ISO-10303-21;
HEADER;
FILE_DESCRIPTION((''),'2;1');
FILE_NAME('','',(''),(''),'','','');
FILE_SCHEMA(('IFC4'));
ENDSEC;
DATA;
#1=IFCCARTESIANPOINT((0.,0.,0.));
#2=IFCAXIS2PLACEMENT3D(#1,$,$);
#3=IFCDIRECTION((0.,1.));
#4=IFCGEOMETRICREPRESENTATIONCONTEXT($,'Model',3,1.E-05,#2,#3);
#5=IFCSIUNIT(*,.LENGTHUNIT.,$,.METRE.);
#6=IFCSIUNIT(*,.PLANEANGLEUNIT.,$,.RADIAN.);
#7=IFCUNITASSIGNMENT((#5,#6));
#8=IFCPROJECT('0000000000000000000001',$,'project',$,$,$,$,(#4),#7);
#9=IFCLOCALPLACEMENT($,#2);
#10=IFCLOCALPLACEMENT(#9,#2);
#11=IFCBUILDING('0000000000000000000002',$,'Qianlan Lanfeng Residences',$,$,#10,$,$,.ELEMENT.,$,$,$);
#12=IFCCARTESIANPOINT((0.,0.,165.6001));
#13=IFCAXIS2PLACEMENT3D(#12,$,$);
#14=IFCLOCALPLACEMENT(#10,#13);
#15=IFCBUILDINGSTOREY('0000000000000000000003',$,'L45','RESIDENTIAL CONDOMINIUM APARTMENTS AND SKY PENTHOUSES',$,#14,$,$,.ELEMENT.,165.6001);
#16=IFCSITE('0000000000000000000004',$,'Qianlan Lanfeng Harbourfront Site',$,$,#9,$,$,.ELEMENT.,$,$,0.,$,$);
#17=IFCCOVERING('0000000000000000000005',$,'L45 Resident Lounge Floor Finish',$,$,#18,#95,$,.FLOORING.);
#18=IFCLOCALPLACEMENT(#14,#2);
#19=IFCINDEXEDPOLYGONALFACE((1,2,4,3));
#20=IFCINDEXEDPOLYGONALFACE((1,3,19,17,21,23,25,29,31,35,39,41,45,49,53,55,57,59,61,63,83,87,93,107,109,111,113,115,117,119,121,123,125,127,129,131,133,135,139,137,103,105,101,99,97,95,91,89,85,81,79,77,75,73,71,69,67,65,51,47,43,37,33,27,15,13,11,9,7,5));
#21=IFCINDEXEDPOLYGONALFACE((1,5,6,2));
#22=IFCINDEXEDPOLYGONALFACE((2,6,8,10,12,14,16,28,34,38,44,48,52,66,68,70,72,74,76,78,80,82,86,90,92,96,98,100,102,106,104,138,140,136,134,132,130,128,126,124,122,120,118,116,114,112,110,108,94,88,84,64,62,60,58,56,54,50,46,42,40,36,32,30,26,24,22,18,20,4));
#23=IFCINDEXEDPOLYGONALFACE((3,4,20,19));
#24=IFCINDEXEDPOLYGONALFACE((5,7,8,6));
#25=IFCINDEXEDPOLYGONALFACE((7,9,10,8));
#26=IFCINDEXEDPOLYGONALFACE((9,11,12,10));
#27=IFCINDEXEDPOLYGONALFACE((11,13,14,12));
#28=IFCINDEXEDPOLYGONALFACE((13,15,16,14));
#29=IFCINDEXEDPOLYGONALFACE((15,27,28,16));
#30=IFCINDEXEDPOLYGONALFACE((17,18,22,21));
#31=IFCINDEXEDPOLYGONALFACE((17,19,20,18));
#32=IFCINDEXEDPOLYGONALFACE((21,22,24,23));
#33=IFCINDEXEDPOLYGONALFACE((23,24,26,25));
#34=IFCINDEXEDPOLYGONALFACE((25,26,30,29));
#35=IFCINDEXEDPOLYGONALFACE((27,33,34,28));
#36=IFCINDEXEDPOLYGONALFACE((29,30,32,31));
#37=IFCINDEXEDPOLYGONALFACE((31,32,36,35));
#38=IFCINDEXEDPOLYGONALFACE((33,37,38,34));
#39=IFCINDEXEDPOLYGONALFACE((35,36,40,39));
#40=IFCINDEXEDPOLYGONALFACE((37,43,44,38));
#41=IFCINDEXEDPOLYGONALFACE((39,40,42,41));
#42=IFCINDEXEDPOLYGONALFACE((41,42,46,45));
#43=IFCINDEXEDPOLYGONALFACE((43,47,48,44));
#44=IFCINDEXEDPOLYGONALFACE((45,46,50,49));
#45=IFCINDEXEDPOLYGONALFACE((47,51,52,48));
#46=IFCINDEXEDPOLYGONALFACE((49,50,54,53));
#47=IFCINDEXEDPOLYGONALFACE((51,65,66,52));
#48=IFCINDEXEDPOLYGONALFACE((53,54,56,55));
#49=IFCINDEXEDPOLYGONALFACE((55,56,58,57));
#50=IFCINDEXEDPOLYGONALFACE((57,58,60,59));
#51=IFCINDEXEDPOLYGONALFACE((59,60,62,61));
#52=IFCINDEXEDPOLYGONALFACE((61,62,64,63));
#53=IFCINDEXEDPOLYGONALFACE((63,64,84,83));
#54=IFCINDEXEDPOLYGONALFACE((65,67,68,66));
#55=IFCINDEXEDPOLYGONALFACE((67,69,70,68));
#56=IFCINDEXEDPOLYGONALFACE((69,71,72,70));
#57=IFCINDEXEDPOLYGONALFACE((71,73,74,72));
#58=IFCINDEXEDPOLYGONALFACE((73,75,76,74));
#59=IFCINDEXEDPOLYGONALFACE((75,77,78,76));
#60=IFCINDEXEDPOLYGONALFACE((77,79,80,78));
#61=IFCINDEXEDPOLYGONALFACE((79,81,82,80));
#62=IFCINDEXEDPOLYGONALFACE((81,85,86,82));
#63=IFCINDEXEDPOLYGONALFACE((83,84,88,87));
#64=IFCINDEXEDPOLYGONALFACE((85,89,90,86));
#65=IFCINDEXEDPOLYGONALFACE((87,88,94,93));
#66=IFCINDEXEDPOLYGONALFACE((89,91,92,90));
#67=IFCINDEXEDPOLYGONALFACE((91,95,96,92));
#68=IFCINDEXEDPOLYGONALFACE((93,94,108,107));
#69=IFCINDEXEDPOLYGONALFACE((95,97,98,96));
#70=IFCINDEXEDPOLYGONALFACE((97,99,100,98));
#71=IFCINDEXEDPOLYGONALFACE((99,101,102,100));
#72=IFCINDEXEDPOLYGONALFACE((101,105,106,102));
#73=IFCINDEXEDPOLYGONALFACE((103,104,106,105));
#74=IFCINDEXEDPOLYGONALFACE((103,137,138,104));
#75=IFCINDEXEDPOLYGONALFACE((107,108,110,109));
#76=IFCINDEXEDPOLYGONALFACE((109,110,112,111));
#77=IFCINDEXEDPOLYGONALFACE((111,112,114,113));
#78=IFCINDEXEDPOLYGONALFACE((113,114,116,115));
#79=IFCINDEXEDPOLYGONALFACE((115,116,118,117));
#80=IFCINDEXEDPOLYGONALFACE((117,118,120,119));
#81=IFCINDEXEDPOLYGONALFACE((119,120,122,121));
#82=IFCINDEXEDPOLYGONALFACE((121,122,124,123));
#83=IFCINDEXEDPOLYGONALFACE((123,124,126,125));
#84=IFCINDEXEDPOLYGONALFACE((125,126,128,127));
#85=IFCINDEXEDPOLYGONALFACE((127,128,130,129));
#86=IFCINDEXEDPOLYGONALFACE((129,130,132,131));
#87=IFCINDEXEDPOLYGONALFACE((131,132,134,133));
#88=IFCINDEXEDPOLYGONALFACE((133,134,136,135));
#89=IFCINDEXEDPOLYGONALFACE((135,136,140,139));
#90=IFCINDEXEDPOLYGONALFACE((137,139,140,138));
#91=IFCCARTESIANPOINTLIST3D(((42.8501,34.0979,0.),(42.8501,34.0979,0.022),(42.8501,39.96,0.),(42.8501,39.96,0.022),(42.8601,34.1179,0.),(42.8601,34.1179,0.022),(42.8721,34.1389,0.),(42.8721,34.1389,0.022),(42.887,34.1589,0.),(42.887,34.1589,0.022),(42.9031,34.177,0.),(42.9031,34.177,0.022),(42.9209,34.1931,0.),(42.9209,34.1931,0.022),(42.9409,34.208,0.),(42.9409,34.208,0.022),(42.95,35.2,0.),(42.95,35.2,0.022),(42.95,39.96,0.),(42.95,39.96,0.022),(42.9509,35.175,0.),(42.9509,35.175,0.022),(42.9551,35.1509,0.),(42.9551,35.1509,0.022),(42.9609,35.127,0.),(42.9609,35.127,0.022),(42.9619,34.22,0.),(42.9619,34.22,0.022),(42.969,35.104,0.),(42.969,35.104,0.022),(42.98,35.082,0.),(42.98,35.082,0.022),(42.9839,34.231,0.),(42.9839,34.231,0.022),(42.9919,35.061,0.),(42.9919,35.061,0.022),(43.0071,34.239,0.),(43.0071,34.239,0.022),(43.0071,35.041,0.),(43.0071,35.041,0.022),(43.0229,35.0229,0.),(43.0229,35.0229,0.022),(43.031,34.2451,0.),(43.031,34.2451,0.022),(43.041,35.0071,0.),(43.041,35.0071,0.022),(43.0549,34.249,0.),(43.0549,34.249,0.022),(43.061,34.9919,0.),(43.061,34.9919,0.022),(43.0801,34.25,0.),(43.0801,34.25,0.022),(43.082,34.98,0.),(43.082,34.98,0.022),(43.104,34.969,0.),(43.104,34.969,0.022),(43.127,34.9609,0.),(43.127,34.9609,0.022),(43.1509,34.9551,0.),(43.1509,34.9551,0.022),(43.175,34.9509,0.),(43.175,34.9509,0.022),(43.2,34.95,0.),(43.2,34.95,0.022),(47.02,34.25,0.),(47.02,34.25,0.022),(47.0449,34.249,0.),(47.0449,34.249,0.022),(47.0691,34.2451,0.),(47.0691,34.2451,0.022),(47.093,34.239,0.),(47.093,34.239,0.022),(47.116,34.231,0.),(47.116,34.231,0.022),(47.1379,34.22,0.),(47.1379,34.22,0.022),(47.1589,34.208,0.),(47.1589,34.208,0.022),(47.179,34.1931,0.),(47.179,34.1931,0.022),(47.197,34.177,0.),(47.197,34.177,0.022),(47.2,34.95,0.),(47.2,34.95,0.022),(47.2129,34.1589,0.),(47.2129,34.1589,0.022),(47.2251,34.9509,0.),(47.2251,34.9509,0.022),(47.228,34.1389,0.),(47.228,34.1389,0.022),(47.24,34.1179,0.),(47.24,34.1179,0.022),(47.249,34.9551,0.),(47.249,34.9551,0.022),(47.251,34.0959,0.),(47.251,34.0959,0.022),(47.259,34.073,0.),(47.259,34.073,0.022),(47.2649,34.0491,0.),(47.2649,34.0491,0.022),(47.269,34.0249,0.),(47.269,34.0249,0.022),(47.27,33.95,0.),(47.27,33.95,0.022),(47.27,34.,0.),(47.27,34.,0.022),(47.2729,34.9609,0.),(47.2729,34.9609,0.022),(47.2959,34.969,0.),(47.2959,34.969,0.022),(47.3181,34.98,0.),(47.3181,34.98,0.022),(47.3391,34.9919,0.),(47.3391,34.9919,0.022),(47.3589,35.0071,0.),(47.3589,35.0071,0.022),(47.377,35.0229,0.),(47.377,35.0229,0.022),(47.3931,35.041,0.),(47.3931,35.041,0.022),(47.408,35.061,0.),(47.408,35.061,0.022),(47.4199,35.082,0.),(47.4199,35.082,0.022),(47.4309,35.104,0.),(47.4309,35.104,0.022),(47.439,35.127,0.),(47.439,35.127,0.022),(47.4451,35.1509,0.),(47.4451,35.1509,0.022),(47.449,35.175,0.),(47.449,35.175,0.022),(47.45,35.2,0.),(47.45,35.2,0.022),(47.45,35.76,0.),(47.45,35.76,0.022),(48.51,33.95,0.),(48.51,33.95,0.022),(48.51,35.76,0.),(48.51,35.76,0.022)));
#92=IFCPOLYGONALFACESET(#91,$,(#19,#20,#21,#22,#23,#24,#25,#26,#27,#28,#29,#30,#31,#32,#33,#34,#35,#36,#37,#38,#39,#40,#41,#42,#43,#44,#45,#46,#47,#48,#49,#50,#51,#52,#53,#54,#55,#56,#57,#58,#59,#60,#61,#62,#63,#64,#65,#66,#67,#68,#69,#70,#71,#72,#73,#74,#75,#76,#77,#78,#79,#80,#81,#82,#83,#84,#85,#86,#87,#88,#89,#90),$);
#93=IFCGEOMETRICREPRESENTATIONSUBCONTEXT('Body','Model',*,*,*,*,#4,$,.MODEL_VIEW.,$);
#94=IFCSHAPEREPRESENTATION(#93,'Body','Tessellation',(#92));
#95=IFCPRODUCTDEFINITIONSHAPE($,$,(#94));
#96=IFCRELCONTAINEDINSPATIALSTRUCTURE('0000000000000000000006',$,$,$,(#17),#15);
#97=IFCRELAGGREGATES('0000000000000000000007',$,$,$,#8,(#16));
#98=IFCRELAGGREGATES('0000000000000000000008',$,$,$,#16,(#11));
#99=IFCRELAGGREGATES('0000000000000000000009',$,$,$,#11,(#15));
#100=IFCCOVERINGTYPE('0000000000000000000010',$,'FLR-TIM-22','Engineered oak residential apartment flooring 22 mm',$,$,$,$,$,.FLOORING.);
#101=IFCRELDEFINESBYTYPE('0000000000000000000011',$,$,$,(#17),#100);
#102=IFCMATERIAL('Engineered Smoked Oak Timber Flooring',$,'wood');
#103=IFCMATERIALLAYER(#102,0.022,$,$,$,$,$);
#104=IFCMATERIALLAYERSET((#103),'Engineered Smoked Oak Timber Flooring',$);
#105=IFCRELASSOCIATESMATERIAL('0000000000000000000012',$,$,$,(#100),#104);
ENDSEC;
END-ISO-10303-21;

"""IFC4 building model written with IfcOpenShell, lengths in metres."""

from ifc_helpers import new_model, si_unit, direction, frame, origin, place, context, subcontext, project, spatial, polyline, outline, extrude, material, layer, layer_set, type_object, element, save


model = new_model("IFC4")

# Units and contexts
model_context = context("Model", 3, precision=1e-05, world=origin(), true_north=direction((0.0, 1.0)))
body_context = subcontext(model_context, "Body", "Model", "MODEL_VIEW")
ifc_project = project(units=[si_unit("LENGTHUNIT", "METRE"), si_unit("PLANEANGLEUNIT", "RADIAN")], contexts=[model_context])

# Site, building, storey
site_placement = place(None, origin())
site = spatial("IfcSite", under=ifc_project, at=site_placement, Name="Qianlan Lanfeng Harbourfront Site", CompositionType="ELEMENT", RefElevation=0.0)
building_placement = place(site_placement, origin())
building = spatial("IfcBuilding", under=site, at=building_placement, Name="Qianlan Lanfeng Residences", CompositionType="ELEMENT")
storey_placement = place(building_placement, frame((0.0, 0.0, 165.6001)))
storey = spatial("IfcBuildingStorey", under=building, at=storey_placement, Name="L45", Description="RESIDENTIAL CONDOMINIUM APARTMENTS AND SKY PENTHOUSES", CompositionType="ELEMENT", Elevation=165.6001)

# Covering
ifc_material_1 = material(Name="Engineered Smoked Oak Timber Flooring", Category="wood")
ifc_layer_1 = layer(ifc_material_1, 0.022)
ifc_layer_set_1 = layer_set([ifc_layer_1], Name="Engineered Smoked Oak Timber Flooring")
covering_type = type_object("IfcCoveringType", Name="FLR-TIM-22", Description="Engineered oak residential apartment flooring 22 mm", PredefinedType="FLOORING", material=ifc_layer_set_1)
covering_1_placement = place(storey_placement, origin())
element("IfcCovering", 1, at=covering_1_placement, inside=storey, type_object=covering_type, Name="L45 Resident Lounge Floor Finish", PredefinedType="FLOORING", context=body_context, shape_type="SweptSolid", body=[
    extrude(outline(polyline([(42.8501, 34.0979), (42.8601, 34.1179), (42.8721, 34.1389), (42.887, 34.1589), (42.9031, 34.177), (42.9209, 34.1931), (42.9409, 34.208), (42.9619, 34.22), (42.9839, 34.231), (43.0071, 34.239), (43.031, 34.2451), (43.0549, 34.249), (43.0801, 34.25), (47.02, 34.25), (47.0449, 34.249), (47.0691, 34.2451), (47.093, 34.239), (47.116, 34.231), (47.1379, 34.22), (47.1589, 34.208), (47.179, 34.1931), (47.197, 34.177), (47.2129, 34.1589), (47.228, 34.1389), (47.24, 34.1179), (47.251, 34.0959), (47.259, 34.073), (47.2649, 34.0491), (47.269, 34.0249), (47.27, 34.0), (47.27, 33.95), (48.51, 33.95), (48.51, 35.76), (47.45, 35.76), (47.45, 35.2), (47.449, 35.175), (47.4451, 35.1509), (47.439, 35.127), (47.4309, 35.104), (47.4199, 35.082), (47.408, 35.061), (47.3931, 35.041), (47.377, 35.0229), (47.3589, 35.0071), (47.3391, 34.9919), (47.3181, 34.98), (47.2959, 34.969), (47.2729, 34.9609), (47.249, 34.9551), (47.2251, 34.9509), (47.2, 34.95), (43.2, 34.95), (43.175, 34.9509), (43.1509, 34.9551), (43.127, 34.9609), (43.104, 34.969), (43.082, 34.98), (43.061, 34.9919), (43.041, 35.0071), (43.0229, 35.0229), (43.0071, 35.041), (42.9919, 35.061), (42.98, 35.082), (42.969, 35.104), (42.9609, 35.127), (42.9551, 35.1509), (42.9509, 35.175), (42.95, 35.2), (42.95, 39.96), (42.8501, 39.96), (42.8501, 34.0979)])), origin(), (0.0, 0.0, 1.0), 0.022),
])

save(model, "model.ifc")
